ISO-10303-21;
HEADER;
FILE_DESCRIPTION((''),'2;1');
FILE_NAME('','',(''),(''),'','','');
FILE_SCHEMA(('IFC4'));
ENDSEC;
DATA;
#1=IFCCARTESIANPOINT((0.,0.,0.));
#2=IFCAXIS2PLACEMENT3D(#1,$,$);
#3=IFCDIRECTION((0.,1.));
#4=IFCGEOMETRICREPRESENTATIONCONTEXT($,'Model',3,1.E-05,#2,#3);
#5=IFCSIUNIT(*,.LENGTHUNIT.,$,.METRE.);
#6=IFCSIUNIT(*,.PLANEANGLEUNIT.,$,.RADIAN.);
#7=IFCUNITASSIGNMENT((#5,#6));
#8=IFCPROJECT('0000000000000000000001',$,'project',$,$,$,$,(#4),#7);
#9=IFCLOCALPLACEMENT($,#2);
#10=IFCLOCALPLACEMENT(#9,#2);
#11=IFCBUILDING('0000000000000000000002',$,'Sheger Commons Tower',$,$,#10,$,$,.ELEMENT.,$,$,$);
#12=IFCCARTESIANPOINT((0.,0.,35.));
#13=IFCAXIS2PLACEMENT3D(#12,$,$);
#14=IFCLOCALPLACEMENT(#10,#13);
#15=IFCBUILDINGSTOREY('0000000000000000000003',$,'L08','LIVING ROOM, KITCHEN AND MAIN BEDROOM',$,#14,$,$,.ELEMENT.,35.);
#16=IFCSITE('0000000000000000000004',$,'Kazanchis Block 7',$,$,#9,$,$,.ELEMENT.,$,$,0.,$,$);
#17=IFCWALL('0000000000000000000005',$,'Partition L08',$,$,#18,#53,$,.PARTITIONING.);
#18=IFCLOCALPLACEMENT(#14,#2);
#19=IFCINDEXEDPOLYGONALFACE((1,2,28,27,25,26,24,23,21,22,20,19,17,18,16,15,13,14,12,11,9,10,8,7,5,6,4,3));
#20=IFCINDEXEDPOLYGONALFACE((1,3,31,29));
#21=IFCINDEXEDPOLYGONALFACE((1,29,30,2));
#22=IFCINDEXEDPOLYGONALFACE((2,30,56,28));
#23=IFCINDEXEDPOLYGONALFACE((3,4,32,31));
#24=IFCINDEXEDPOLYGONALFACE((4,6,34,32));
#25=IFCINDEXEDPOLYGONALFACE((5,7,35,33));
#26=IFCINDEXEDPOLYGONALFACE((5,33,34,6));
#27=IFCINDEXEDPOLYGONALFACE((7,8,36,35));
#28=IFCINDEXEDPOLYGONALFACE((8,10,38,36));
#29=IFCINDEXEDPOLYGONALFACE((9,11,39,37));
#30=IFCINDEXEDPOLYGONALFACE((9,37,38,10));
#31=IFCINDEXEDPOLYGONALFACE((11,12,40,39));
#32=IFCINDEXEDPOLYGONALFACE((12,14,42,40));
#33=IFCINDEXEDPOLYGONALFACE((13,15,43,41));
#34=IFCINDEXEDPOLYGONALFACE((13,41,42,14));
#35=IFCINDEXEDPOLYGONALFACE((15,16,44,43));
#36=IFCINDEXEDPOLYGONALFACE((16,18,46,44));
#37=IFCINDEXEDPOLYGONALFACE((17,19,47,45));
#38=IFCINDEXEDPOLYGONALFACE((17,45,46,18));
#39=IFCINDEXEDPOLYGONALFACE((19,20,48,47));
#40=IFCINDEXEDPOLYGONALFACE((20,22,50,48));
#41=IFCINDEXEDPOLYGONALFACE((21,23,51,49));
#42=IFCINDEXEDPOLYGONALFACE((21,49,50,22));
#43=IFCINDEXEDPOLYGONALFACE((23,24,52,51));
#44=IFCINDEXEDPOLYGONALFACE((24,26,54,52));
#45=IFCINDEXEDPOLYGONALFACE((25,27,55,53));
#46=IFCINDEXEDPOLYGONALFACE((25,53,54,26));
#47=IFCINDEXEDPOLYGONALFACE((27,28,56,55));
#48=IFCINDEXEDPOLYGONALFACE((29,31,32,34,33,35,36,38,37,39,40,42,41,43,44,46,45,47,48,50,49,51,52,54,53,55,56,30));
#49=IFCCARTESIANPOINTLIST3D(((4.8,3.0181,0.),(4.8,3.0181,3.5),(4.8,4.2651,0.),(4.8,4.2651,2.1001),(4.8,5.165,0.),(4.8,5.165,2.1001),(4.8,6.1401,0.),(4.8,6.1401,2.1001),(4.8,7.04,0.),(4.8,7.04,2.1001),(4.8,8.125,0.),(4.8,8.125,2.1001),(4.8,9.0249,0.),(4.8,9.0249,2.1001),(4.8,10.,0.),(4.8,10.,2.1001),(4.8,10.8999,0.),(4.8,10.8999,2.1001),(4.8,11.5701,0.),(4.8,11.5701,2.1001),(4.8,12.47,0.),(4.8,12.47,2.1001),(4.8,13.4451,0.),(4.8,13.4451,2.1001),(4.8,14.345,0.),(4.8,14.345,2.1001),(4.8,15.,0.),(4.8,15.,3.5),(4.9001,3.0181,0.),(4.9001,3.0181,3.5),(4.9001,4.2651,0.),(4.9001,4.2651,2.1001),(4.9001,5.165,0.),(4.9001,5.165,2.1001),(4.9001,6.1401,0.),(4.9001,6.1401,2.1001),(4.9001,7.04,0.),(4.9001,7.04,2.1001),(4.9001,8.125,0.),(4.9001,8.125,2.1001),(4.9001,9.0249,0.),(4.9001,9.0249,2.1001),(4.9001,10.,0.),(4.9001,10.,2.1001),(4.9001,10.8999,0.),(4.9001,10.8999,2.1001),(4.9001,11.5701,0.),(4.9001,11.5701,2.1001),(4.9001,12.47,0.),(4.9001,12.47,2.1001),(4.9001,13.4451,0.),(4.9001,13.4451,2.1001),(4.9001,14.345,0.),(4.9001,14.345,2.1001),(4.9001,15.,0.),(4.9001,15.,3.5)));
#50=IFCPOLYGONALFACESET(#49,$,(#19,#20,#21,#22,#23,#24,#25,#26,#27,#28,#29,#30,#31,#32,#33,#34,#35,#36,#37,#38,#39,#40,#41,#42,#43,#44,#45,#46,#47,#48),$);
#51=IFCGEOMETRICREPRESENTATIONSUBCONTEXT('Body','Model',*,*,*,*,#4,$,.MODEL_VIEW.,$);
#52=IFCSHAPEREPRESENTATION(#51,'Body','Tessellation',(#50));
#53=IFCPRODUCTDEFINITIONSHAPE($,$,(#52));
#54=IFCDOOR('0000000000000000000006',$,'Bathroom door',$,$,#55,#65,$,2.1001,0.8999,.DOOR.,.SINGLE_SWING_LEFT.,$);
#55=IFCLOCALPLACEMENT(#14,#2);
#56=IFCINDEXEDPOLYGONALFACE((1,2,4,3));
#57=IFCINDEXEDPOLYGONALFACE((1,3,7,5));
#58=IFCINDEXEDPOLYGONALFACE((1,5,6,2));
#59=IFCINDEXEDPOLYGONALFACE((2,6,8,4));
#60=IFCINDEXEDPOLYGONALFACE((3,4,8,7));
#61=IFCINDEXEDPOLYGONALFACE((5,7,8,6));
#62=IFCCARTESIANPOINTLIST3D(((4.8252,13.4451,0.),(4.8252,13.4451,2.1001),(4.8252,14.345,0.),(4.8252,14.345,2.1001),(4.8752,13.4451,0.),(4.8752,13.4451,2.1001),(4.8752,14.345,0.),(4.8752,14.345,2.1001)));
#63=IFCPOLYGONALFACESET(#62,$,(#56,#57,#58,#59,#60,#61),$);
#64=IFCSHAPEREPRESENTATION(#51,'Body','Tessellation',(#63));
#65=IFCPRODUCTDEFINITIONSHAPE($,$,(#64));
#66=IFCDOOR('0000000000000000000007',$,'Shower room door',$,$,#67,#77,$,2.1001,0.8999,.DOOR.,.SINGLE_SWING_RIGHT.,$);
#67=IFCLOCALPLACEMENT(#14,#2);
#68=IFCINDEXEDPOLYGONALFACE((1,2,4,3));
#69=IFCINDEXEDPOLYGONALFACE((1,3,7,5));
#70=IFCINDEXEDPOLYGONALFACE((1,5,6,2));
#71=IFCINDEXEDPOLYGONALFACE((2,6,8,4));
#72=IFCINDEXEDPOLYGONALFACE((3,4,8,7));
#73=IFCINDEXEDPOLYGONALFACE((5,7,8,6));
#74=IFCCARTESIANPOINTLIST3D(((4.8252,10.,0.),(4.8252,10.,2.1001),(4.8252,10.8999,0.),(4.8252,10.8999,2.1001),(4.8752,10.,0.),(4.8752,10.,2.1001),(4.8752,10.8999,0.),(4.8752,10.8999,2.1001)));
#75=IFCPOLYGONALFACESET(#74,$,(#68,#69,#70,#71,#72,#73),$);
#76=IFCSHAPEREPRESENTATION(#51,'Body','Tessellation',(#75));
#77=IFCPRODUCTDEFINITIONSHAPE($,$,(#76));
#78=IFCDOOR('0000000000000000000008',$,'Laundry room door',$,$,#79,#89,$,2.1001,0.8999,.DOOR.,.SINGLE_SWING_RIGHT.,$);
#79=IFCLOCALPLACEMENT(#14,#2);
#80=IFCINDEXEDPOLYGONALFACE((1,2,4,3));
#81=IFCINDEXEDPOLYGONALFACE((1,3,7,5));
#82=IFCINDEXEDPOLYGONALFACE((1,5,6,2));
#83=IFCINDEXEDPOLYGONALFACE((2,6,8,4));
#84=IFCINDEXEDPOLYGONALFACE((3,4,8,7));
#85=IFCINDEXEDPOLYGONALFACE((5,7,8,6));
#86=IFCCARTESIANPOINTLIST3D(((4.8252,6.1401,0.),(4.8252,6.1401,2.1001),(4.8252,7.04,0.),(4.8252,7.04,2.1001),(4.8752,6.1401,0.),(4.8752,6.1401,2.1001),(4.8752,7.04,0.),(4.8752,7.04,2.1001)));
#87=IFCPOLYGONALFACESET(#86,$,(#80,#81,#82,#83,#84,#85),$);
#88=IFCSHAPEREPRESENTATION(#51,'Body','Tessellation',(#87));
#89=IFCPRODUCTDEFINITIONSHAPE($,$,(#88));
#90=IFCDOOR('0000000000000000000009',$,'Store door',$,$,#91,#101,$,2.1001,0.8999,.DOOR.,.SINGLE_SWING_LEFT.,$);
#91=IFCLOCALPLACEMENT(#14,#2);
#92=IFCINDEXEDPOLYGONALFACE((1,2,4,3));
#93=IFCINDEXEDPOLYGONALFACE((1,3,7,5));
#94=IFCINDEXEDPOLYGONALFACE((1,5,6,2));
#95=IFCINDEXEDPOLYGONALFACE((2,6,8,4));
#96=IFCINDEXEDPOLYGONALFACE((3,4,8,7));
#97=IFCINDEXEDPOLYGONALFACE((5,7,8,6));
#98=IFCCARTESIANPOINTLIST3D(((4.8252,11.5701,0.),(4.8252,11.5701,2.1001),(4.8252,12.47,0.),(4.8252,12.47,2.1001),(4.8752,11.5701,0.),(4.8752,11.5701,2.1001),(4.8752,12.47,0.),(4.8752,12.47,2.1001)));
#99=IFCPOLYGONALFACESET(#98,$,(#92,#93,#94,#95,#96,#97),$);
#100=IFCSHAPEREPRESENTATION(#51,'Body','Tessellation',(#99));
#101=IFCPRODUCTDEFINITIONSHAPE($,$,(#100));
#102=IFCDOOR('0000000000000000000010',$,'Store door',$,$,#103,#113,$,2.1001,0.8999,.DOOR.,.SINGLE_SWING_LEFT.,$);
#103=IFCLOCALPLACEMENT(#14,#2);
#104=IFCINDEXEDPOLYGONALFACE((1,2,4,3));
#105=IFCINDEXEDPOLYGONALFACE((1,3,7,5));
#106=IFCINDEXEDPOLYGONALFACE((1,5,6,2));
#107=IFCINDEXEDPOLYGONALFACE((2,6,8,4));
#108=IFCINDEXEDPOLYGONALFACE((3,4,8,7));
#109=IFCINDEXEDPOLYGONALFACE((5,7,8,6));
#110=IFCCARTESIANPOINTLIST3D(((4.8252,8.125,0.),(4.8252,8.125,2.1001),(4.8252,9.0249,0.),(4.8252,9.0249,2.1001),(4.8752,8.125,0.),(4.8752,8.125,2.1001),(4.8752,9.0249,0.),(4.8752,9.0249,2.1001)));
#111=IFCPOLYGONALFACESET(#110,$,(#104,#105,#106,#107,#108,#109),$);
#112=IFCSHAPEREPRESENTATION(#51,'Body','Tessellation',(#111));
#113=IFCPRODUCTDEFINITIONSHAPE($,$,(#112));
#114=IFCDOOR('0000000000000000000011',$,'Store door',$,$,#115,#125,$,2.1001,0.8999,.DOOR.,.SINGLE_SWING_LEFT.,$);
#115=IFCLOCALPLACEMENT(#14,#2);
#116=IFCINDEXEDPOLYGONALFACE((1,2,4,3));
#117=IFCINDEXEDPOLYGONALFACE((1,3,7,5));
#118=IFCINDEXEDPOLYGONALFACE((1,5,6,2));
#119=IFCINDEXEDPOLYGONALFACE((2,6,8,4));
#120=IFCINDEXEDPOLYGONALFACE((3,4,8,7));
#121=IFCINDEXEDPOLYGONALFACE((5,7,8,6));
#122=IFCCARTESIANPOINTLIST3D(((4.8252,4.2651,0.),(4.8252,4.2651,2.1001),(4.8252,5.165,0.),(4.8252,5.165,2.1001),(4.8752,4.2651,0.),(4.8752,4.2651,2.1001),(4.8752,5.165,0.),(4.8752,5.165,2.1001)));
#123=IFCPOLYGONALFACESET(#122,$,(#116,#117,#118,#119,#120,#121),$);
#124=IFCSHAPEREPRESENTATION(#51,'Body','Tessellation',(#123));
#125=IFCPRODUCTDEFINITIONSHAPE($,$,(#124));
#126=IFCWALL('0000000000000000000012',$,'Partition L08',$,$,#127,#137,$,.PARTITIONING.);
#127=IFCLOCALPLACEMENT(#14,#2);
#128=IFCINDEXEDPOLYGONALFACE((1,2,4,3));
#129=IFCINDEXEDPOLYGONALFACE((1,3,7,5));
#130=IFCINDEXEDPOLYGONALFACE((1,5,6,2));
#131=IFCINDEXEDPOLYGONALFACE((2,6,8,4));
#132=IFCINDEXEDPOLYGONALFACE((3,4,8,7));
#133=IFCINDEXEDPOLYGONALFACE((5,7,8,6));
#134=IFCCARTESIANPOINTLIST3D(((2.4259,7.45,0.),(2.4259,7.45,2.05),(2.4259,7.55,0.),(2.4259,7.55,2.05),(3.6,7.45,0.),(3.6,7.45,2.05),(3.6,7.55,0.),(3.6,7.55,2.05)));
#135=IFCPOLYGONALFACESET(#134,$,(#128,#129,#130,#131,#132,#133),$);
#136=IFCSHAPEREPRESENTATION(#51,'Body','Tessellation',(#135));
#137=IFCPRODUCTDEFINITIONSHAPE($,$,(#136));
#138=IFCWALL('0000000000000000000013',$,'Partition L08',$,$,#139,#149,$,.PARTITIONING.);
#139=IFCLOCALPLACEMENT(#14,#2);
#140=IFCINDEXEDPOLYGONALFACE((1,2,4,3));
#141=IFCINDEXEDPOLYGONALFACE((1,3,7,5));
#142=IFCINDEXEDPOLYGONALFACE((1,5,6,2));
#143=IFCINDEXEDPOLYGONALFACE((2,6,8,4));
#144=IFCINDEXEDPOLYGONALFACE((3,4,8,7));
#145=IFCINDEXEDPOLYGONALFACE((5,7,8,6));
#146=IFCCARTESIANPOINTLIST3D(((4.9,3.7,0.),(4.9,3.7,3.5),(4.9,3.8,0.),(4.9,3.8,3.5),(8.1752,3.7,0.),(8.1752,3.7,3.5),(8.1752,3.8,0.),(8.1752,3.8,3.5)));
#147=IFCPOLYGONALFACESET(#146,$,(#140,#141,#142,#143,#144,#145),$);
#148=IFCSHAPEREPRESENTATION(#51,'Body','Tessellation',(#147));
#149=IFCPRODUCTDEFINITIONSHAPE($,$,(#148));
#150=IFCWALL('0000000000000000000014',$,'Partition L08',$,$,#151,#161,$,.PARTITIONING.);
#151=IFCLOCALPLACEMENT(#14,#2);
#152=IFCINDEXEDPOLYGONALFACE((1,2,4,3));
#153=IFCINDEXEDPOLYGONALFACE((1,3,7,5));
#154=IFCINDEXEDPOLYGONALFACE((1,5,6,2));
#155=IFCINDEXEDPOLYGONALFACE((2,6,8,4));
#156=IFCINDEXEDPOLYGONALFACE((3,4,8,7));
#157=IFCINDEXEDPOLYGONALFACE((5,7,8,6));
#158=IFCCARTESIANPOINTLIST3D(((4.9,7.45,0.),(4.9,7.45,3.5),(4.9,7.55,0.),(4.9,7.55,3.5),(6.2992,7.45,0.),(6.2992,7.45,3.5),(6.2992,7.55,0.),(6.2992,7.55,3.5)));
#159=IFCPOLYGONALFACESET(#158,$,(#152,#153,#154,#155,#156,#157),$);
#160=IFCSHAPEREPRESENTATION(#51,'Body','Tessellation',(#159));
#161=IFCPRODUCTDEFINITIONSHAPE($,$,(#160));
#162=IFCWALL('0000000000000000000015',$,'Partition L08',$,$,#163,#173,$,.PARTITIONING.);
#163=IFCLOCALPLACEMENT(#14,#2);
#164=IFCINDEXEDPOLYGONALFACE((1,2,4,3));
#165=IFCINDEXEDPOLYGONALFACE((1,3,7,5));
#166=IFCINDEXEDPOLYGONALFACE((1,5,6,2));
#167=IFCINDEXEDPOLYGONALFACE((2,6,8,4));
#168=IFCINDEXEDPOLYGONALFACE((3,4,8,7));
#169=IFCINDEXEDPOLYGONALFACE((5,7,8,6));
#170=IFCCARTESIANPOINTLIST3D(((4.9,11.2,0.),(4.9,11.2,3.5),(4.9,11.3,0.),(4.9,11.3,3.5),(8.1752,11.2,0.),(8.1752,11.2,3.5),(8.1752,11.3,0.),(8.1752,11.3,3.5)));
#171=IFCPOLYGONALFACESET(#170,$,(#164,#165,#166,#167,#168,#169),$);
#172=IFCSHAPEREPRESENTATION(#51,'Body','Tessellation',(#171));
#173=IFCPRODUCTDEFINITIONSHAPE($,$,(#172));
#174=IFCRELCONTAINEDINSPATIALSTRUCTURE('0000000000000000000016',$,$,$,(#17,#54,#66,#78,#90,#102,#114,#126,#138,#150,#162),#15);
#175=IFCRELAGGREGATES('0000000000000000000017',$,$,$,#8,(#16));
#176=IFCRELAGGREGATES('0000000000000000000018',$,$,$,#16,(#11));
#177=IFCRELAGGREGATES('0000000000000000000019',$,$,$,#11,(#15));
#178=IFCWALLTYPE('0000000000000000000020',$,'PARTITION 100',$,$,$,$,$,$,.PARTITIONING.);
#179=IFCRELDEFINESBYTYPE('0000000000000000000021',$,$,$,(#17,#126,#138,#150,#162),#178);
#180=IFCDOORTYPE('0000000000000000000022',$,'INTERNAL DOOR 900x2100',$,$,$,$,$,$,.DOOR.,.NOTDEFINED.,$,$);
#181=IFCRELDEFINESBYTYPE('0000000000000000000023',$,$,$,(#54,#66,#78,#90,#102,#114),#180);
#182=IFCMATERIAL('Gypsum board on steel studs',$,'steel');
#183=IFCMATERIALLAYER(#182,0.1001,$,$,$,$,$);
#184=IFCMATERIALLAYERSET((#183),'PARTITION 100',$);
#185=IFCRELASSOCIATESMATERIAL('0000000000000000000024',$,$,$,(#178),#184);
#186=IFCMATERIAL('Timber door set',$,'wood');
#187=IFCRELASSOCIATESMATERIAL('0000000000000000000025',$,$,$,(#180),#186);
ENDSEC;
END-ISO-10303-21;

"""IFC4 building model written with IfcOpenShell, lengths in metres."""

from ifc_helpers import new_model, si_unit, direction, frame, frame_2d, origin, place, context, subcontext, project, spatial, rectangle, extrude, material, layer, layer_set, type_object, element, fill, save


model = new_model("IFC4")

# Units and contexts
model_context = context("Model", 3, precision=1e-05, world=origin(), true_north=direction((0.0, 1.0)))
body_context = subcontext(model_context, "Body", "Model", "MODEL_VIEW")
ifc_project = project(units=[si_unit("LENGTHUNIT", "METRE"), si_unit("PLANEANGLEUNIT", "RADIAN")], contexts=[model_context])

# Site, building, storey
site_placement = place(None, origin())
site = spatial("IfcSite", under=ifc_project, at=site_placement, Name="Kazanchis Block 7", CompositionType="ELEMENT", RefElevation=0.0)
building_placement = place(site_placement, origin())
building = spatial("IfcBuilding", under=site, at=building_placement, Name="Sheger Commons Tower", CompositionType="ELEMENT")
storey_placement = place(building_placement, frame((0.0, 0.0, 35.0)))
storey = spatial("IfcBuildingStorey", under=building, at=storey_placement, Name="L08", Description="LIVING ROOM, KITCHEN AND MAIN BEDROOM", CompositionType="ELEMENT", Elevation=35.0)

# Wall, openings, doors
ifc_material_1 = material(Name="Gypsum board on steel studs", Category="steel")
ifc_layer = layer(ifc_material_1, 0.1001)
ifc_layer_set = layer_set([ifc_layer], Name="PARTITION 100")
wall_type = type_object("IfcWallType", Name="PARTITION 100", PredefinedType="PARTITIONING", material=ifc_layer_set)
ifc_material_2 = material(Name="Timber door set", Category="wood")
door_type = type_object("IfcDoorType", Name="INTERNAL DOOR 900x2100", OperationType="NOTDEFINED", PredefinedType="DOOR", material=ifc_material_2)
wall_1_placement = place(storey_placement, frame((4.8501, 3.0181, 0.0), z_axis=(0.0, 0.0, 1.0), x_axis=(0.0, 1.0, 0.0)))
wall_1 = element("IfcWall", 1, at=wall_1_placement, inside=storey, type_object=wall_type, Name="Partition L08", PredefinedType="PARTITIONING", context=body_context, shape_type="SweptSolid", body=[
    extrude(rectangle(XDim=11.9819, YDim=0.1001, at=frame_2d((5.991, 0.0))), origin(), (0.0, 0.0, 1.0), 3.5),
])
opening_1_placement = place(wall_1_placement, frame((10.427, 0.0, 0.0)))
opening_1 = element("IfcOpeningElement", 2, at=opening_1_placement, cuts=wall_1, PredefinedType="OPENING", context=body_context, shape_type="SweptSolid", body=[
    extrude(rectangle(XDim=0.8999, YDim=2.1001, at=frame_2d((0.45, 1.05))), frame((0.0, 0.0601, 0.0), z_axis=(0.0, -1.0, 0.0), x_axis=(1.0, 0.0, 0.0)), (0.0, 0.0, 1.0), 0.1201),
])
opening_2_placement = place(wall_1_placement, frame((6.9819, 0.0, 0.0)))
opening_2 = element("IfcOpeningElement", 3, at=opening_2_placement, cuts=wall_1, PredefinedType="OPENING", context=body_context, shape_type="SweptSolid", body=[
    extrude(rectangle(XDim=0.8999, YDim=2.1001, at=frame_2d((0.45, 1.05))), frame((0.0, 0.0601, 0.0), z_axis=(0.0, -1.0, 0.0), x_axis=(1.0, 0.0, 0.0)), (0.0, 0.0, 1.0), 0.1201),
])
opening_3_placement = place(wall_1_placement, frame((3.1221, 0.0, 0.0)))
opening_3 = element("IfcOpeningElement", 4, at=opening_3_placement, cuts=wall_1, PredefinedType="OPENING", context=body_context, shape_type="SweptSolid", body=[
    extrude(rectangle(XDim=0.8999, YDim=2.1001, at=frame_2d((0.45, 1.05))), frame((0.0, 0.0601, 0.0), z_axis=(0.0, -1.0, 0.0), x_axis=(1.0, 0.0, 0.0)), (0.0, 0.0, 1.0), 0.1201),
])
opening_4_placement = place(wall_1_placement, frame((8.552, 0.0, 0.0)))
opening_4 = element("IfcOpeningElement", 5, at=opening_4_placement, cuts=wall_1, PredefinedType="OPENING", context=body_context, shape_type="SweptSolid", body=[
    extrude(rectangle(XDim=0.8999, YDim=2.1001, at=frame_2d((0.45, 1.05))), frame((0.0, 0.0601, 0.0), z_axis=(0.0, -1.0, 0.0), x_axis=(1.0, 0.0, 0.0)), (0.0, 0.0, 1.0), 0.1201),
])
opening_5_placement = place(wall_1_placement, frame((5.1069, 0.0, 0.0)))
opening_5 = element("IfcOpeningElement", 6, at=opening_5_placement, cuts=wall_1, PredefinedType="OPENING", context=body_context, shape_type="SweptSolid", body=[
    extrude(rectangle(XDim=0.8999, YDim=2.1001, at=frame_2d((0.45, 1.05))), frame((0.0, 0.0601, 0.0), z_axis=(0.0, -1.0, 0.0), x_axis=(1.0, 0.0, 0.0)), (0.0, 0.0, 1.0), 0.1201),
])
opening_6_placement = place(wall_1_placement, frame((1.2471, 0.0, 0.0)))
opening_6 = element("IfcOpeningElement", 7, at=opening_6_placement, cuts=wall_1, PredefinedType="OPENING", context=body_context, shape_type="SweptSolid", body=[
    extrude(rectangle(XDim=0.8999, YDim=2.1001, at=frame_2d((0.45, 1.05))), frame((0.0, 0.0601, 0.0), z_axis=(0.0, -1.0, 0.0), x_axis=(1.0, 0.0, 0.0)), (0.0, 0.0, 1.0), 0.1201),
])
door_1_placement = place(opening_1_placement, origin())
door_1 = element("IfcDoor", 8, at=door_1_placement, inside=storey, type_object=door_type, Name="Bathroom door", OperationType="SINGLE_SWING_LEFT", OverallHeight=2.1001, OverallWidth=0.8999, PredefinedType="DOOR", context=body_context, shape_type="SweptSolid", body=[
    extrude(rectangle(XDim=0.8999, YDim=2.1001, at=frame_2d((0.45, 1.05))), frame((0.0, 0.0249, 0.0), z_axis=(0.0, -1.0, 0.0), x_axis=(1.0, 0.0, 0.0)), (0.0, 0.0, 1.0), 0.05),
])
fill(opening_1, door_1)
door_2_placement = place(opening_2_placement, origin())
door_2 = element("IfcDoor", 9, at=door_2_placement, inside=storey, type_object=door_type, Name="Shower room door", OperationType="SINGLE_SWING_RIGHT", OverallHeight=2.1001, OverallWidth=0.8999, PredefinedType="DOOR", context=body_context, shape_type="SweptSolid", body=[
    extrude(rectangle(XDim=0.8999, YDim=2.1001, at=frame_2d((0.45, 1.05))), frame((0.0, 0.0249, 0.0), z_axis=(0.0, -1.0, 0.0), x_axis=(1.0, 0.0, 0.0)), (0.0, 0.0, 1.0), 0.05),
])
fill(opening_2, door_2)
door_3_placement = place(opening_3_placement, origin())
door_3 = element("IfcDoor", 10, at=door_3_placement, inside=storey, type_object=door_type, Name="Laundry room door", OperationType="SINGLE_SWING_RIGHT", OverallHeight=2.1001, OverallWidth=0.8999, PredefinedType="DOOR", context=body_context, shape_type="SweptSolid", body=[
    extrude(rectangle(XDim=0.8999, YDim=2.1001, at=frame_2d((0.45, 1.05))), frame((0.0, 0.0249, 0.0), z_axis=(0.0, -1.0, 0.0), x_axis=(1.0, 0.0, 0.0)), (0.0, 0.0, 1.0), 0.05),
])
fill(opening_3, door_3)
door_4_placement = place(opening_4_placement, origin())
door_4 = element("IfcDoor", 11, at=door_4_placement, inside=storey, type_object=door_type, Name="Store door", OperationType="SINGLE_SWING_LEFT", OverallHeight=2.1001, OverallWidth=0.8999, PredefinedType="DOOR", context=body_context, shape_type="SweptSolid", body=[
    extrude(rectangle(XDim=0.8999, YDim=2.1001, at=frame_2d((0.45, 1.05))), frame((0.0, 0.0249, 0.0), z_axis=(0.0, -1.0, 0.0), x_axis=(1.0, 0.0, 0.0)), (0.0, 0.0, 1.0), 0.05),
])
fill(opening_4, door_4)
door_5_placement = place(opening_5_placement, origin())
door_5 = element("IfcDoor", 12, at=door_5_placement, inside=storey, type_object=door_type, Name="Store door", OperationType="SINGLE_SWING_LEFT", OverallHeight=2.1001, OverallWidth=0.8999, PredefinedType="DOOR", context=body_context, shape_type="SweptSolid", body=[
    extrude(rectangle(XDim=0.8999, YDim=2.1001, at=frame_2d((0.45, 1.05))), frame((0.0, 0.0249, 0.0), z_axis=(0.0, -1.0, 0.0), x_axis=(1.0, 0.0, 0.0)), (0.0, 0.0, 1.0), 0.05),
])
fill(opening_5, door_5)
door_6_placement = place(opening_6_placement, origin())
door_6 = element("IfcDoor", 13, at=door_6_placement, inside=storey, type_object=door_type, Name="Store door", OperationType="SINGLE_SWING_LEFT", OverallHeight=2.1001, OverallWidth=0.8999, PredefinedType="DOOR", context=body_context, shape_type="SweptSolid", body=[
    extrude(rectangle(XDim=0.8999, YDim=2.1001, at=frame_2d((0.45, 1.05))), frame((0.0, 0.0249, 0.0), z_axis=(0.0, -1.0, 0.0), x_axis=(1.0, 0.0, 0.0)), (0.0, 0.0, 1.0), 0.05),
])
fill(opening_6, door_6)

# Walls
wall_2_placement = place(storey_placement, frame((2.426, 7.5, 0.0), z_axis=(0.0, 0.0, 1.0), x_axis=(1.0, 0.0, 0.0)))
element("IfcWall", 14, at=wall_2_placement, inside=storey, type_object=wall_type, Name="Partition L08", PredefinedType="PARTITIONING", context=body_context, shape_type="SweptSolid", body=[
    extrude(rectangle(XDim=1.1741, YDim=0.1001, at=frame_2d((0.5869, 0.0))), origin(), (0.0, 0.0, 1.0), 2.05),
])
wall_3_placement = place(storey_placement, frame((4.8999, 3.75, 0.0), z_axis=(0.0, 0.0, 1.0), x_axis=(1.0, 0.0, 0.0)))
element("IfcWall", 15, at=wall_3_placement, inside=storey, type_object=wall_type, Name="Partition L08", PredefinedType="PARTITIONING", context=body_context, shape_type="SweptSolid", body=[
    extrude(rectangle(XDim=3.2751, YDim=0.1001, at=frame_2d((1.6377, 0.0))), origin(), (0.0, 0.0, 1.0), 3.5),
])
wall_4_placement = place(storey_placement, frame((4.8999, 7.5, 0.0), z_axis=(0.0, 0.0, 1.0), x_axis=(1.0, 0.0, 0.0)))
element("IfcWall", 16, at=wall_4_placement, inside=storey, type_object=wall_type, Name="Partition L08", PredefinedType="PARTITIONING", context=body_context, shape_type="SweptSolid", body=[
    extrude(rectangle(XDim=1.3992, YDim=0.1001, at=frame_2d((0.6997, 0.0))), origin(), (0.0, 0.0, 1.0), 3.5),
])
for number, where, z_axis, x_axis, name in (
    (17, (4.8999, 11.25, 0.0), (0.0, 0.0, 1.0), (1.0, 0.0, 0.0), "Partition L08"),
):
    element("IfcWall", number, at=place(storey_placement, frame(where, z_axis=z_axis, x_axis=x_axis)), inside=storey, type_object=wall_type, Name=name, PredefinedType="PARTITIONING", context=body_context, shape_type="SweptSolid", body=[
        extrude(rectangle(XDim=3.2751, YDim=0.1001, at=frame_2d((1.6377, 0.0))), origin(), (0.0, 0.0, 1.0), 3.5),
    ])

save(model, "model.ifc")
